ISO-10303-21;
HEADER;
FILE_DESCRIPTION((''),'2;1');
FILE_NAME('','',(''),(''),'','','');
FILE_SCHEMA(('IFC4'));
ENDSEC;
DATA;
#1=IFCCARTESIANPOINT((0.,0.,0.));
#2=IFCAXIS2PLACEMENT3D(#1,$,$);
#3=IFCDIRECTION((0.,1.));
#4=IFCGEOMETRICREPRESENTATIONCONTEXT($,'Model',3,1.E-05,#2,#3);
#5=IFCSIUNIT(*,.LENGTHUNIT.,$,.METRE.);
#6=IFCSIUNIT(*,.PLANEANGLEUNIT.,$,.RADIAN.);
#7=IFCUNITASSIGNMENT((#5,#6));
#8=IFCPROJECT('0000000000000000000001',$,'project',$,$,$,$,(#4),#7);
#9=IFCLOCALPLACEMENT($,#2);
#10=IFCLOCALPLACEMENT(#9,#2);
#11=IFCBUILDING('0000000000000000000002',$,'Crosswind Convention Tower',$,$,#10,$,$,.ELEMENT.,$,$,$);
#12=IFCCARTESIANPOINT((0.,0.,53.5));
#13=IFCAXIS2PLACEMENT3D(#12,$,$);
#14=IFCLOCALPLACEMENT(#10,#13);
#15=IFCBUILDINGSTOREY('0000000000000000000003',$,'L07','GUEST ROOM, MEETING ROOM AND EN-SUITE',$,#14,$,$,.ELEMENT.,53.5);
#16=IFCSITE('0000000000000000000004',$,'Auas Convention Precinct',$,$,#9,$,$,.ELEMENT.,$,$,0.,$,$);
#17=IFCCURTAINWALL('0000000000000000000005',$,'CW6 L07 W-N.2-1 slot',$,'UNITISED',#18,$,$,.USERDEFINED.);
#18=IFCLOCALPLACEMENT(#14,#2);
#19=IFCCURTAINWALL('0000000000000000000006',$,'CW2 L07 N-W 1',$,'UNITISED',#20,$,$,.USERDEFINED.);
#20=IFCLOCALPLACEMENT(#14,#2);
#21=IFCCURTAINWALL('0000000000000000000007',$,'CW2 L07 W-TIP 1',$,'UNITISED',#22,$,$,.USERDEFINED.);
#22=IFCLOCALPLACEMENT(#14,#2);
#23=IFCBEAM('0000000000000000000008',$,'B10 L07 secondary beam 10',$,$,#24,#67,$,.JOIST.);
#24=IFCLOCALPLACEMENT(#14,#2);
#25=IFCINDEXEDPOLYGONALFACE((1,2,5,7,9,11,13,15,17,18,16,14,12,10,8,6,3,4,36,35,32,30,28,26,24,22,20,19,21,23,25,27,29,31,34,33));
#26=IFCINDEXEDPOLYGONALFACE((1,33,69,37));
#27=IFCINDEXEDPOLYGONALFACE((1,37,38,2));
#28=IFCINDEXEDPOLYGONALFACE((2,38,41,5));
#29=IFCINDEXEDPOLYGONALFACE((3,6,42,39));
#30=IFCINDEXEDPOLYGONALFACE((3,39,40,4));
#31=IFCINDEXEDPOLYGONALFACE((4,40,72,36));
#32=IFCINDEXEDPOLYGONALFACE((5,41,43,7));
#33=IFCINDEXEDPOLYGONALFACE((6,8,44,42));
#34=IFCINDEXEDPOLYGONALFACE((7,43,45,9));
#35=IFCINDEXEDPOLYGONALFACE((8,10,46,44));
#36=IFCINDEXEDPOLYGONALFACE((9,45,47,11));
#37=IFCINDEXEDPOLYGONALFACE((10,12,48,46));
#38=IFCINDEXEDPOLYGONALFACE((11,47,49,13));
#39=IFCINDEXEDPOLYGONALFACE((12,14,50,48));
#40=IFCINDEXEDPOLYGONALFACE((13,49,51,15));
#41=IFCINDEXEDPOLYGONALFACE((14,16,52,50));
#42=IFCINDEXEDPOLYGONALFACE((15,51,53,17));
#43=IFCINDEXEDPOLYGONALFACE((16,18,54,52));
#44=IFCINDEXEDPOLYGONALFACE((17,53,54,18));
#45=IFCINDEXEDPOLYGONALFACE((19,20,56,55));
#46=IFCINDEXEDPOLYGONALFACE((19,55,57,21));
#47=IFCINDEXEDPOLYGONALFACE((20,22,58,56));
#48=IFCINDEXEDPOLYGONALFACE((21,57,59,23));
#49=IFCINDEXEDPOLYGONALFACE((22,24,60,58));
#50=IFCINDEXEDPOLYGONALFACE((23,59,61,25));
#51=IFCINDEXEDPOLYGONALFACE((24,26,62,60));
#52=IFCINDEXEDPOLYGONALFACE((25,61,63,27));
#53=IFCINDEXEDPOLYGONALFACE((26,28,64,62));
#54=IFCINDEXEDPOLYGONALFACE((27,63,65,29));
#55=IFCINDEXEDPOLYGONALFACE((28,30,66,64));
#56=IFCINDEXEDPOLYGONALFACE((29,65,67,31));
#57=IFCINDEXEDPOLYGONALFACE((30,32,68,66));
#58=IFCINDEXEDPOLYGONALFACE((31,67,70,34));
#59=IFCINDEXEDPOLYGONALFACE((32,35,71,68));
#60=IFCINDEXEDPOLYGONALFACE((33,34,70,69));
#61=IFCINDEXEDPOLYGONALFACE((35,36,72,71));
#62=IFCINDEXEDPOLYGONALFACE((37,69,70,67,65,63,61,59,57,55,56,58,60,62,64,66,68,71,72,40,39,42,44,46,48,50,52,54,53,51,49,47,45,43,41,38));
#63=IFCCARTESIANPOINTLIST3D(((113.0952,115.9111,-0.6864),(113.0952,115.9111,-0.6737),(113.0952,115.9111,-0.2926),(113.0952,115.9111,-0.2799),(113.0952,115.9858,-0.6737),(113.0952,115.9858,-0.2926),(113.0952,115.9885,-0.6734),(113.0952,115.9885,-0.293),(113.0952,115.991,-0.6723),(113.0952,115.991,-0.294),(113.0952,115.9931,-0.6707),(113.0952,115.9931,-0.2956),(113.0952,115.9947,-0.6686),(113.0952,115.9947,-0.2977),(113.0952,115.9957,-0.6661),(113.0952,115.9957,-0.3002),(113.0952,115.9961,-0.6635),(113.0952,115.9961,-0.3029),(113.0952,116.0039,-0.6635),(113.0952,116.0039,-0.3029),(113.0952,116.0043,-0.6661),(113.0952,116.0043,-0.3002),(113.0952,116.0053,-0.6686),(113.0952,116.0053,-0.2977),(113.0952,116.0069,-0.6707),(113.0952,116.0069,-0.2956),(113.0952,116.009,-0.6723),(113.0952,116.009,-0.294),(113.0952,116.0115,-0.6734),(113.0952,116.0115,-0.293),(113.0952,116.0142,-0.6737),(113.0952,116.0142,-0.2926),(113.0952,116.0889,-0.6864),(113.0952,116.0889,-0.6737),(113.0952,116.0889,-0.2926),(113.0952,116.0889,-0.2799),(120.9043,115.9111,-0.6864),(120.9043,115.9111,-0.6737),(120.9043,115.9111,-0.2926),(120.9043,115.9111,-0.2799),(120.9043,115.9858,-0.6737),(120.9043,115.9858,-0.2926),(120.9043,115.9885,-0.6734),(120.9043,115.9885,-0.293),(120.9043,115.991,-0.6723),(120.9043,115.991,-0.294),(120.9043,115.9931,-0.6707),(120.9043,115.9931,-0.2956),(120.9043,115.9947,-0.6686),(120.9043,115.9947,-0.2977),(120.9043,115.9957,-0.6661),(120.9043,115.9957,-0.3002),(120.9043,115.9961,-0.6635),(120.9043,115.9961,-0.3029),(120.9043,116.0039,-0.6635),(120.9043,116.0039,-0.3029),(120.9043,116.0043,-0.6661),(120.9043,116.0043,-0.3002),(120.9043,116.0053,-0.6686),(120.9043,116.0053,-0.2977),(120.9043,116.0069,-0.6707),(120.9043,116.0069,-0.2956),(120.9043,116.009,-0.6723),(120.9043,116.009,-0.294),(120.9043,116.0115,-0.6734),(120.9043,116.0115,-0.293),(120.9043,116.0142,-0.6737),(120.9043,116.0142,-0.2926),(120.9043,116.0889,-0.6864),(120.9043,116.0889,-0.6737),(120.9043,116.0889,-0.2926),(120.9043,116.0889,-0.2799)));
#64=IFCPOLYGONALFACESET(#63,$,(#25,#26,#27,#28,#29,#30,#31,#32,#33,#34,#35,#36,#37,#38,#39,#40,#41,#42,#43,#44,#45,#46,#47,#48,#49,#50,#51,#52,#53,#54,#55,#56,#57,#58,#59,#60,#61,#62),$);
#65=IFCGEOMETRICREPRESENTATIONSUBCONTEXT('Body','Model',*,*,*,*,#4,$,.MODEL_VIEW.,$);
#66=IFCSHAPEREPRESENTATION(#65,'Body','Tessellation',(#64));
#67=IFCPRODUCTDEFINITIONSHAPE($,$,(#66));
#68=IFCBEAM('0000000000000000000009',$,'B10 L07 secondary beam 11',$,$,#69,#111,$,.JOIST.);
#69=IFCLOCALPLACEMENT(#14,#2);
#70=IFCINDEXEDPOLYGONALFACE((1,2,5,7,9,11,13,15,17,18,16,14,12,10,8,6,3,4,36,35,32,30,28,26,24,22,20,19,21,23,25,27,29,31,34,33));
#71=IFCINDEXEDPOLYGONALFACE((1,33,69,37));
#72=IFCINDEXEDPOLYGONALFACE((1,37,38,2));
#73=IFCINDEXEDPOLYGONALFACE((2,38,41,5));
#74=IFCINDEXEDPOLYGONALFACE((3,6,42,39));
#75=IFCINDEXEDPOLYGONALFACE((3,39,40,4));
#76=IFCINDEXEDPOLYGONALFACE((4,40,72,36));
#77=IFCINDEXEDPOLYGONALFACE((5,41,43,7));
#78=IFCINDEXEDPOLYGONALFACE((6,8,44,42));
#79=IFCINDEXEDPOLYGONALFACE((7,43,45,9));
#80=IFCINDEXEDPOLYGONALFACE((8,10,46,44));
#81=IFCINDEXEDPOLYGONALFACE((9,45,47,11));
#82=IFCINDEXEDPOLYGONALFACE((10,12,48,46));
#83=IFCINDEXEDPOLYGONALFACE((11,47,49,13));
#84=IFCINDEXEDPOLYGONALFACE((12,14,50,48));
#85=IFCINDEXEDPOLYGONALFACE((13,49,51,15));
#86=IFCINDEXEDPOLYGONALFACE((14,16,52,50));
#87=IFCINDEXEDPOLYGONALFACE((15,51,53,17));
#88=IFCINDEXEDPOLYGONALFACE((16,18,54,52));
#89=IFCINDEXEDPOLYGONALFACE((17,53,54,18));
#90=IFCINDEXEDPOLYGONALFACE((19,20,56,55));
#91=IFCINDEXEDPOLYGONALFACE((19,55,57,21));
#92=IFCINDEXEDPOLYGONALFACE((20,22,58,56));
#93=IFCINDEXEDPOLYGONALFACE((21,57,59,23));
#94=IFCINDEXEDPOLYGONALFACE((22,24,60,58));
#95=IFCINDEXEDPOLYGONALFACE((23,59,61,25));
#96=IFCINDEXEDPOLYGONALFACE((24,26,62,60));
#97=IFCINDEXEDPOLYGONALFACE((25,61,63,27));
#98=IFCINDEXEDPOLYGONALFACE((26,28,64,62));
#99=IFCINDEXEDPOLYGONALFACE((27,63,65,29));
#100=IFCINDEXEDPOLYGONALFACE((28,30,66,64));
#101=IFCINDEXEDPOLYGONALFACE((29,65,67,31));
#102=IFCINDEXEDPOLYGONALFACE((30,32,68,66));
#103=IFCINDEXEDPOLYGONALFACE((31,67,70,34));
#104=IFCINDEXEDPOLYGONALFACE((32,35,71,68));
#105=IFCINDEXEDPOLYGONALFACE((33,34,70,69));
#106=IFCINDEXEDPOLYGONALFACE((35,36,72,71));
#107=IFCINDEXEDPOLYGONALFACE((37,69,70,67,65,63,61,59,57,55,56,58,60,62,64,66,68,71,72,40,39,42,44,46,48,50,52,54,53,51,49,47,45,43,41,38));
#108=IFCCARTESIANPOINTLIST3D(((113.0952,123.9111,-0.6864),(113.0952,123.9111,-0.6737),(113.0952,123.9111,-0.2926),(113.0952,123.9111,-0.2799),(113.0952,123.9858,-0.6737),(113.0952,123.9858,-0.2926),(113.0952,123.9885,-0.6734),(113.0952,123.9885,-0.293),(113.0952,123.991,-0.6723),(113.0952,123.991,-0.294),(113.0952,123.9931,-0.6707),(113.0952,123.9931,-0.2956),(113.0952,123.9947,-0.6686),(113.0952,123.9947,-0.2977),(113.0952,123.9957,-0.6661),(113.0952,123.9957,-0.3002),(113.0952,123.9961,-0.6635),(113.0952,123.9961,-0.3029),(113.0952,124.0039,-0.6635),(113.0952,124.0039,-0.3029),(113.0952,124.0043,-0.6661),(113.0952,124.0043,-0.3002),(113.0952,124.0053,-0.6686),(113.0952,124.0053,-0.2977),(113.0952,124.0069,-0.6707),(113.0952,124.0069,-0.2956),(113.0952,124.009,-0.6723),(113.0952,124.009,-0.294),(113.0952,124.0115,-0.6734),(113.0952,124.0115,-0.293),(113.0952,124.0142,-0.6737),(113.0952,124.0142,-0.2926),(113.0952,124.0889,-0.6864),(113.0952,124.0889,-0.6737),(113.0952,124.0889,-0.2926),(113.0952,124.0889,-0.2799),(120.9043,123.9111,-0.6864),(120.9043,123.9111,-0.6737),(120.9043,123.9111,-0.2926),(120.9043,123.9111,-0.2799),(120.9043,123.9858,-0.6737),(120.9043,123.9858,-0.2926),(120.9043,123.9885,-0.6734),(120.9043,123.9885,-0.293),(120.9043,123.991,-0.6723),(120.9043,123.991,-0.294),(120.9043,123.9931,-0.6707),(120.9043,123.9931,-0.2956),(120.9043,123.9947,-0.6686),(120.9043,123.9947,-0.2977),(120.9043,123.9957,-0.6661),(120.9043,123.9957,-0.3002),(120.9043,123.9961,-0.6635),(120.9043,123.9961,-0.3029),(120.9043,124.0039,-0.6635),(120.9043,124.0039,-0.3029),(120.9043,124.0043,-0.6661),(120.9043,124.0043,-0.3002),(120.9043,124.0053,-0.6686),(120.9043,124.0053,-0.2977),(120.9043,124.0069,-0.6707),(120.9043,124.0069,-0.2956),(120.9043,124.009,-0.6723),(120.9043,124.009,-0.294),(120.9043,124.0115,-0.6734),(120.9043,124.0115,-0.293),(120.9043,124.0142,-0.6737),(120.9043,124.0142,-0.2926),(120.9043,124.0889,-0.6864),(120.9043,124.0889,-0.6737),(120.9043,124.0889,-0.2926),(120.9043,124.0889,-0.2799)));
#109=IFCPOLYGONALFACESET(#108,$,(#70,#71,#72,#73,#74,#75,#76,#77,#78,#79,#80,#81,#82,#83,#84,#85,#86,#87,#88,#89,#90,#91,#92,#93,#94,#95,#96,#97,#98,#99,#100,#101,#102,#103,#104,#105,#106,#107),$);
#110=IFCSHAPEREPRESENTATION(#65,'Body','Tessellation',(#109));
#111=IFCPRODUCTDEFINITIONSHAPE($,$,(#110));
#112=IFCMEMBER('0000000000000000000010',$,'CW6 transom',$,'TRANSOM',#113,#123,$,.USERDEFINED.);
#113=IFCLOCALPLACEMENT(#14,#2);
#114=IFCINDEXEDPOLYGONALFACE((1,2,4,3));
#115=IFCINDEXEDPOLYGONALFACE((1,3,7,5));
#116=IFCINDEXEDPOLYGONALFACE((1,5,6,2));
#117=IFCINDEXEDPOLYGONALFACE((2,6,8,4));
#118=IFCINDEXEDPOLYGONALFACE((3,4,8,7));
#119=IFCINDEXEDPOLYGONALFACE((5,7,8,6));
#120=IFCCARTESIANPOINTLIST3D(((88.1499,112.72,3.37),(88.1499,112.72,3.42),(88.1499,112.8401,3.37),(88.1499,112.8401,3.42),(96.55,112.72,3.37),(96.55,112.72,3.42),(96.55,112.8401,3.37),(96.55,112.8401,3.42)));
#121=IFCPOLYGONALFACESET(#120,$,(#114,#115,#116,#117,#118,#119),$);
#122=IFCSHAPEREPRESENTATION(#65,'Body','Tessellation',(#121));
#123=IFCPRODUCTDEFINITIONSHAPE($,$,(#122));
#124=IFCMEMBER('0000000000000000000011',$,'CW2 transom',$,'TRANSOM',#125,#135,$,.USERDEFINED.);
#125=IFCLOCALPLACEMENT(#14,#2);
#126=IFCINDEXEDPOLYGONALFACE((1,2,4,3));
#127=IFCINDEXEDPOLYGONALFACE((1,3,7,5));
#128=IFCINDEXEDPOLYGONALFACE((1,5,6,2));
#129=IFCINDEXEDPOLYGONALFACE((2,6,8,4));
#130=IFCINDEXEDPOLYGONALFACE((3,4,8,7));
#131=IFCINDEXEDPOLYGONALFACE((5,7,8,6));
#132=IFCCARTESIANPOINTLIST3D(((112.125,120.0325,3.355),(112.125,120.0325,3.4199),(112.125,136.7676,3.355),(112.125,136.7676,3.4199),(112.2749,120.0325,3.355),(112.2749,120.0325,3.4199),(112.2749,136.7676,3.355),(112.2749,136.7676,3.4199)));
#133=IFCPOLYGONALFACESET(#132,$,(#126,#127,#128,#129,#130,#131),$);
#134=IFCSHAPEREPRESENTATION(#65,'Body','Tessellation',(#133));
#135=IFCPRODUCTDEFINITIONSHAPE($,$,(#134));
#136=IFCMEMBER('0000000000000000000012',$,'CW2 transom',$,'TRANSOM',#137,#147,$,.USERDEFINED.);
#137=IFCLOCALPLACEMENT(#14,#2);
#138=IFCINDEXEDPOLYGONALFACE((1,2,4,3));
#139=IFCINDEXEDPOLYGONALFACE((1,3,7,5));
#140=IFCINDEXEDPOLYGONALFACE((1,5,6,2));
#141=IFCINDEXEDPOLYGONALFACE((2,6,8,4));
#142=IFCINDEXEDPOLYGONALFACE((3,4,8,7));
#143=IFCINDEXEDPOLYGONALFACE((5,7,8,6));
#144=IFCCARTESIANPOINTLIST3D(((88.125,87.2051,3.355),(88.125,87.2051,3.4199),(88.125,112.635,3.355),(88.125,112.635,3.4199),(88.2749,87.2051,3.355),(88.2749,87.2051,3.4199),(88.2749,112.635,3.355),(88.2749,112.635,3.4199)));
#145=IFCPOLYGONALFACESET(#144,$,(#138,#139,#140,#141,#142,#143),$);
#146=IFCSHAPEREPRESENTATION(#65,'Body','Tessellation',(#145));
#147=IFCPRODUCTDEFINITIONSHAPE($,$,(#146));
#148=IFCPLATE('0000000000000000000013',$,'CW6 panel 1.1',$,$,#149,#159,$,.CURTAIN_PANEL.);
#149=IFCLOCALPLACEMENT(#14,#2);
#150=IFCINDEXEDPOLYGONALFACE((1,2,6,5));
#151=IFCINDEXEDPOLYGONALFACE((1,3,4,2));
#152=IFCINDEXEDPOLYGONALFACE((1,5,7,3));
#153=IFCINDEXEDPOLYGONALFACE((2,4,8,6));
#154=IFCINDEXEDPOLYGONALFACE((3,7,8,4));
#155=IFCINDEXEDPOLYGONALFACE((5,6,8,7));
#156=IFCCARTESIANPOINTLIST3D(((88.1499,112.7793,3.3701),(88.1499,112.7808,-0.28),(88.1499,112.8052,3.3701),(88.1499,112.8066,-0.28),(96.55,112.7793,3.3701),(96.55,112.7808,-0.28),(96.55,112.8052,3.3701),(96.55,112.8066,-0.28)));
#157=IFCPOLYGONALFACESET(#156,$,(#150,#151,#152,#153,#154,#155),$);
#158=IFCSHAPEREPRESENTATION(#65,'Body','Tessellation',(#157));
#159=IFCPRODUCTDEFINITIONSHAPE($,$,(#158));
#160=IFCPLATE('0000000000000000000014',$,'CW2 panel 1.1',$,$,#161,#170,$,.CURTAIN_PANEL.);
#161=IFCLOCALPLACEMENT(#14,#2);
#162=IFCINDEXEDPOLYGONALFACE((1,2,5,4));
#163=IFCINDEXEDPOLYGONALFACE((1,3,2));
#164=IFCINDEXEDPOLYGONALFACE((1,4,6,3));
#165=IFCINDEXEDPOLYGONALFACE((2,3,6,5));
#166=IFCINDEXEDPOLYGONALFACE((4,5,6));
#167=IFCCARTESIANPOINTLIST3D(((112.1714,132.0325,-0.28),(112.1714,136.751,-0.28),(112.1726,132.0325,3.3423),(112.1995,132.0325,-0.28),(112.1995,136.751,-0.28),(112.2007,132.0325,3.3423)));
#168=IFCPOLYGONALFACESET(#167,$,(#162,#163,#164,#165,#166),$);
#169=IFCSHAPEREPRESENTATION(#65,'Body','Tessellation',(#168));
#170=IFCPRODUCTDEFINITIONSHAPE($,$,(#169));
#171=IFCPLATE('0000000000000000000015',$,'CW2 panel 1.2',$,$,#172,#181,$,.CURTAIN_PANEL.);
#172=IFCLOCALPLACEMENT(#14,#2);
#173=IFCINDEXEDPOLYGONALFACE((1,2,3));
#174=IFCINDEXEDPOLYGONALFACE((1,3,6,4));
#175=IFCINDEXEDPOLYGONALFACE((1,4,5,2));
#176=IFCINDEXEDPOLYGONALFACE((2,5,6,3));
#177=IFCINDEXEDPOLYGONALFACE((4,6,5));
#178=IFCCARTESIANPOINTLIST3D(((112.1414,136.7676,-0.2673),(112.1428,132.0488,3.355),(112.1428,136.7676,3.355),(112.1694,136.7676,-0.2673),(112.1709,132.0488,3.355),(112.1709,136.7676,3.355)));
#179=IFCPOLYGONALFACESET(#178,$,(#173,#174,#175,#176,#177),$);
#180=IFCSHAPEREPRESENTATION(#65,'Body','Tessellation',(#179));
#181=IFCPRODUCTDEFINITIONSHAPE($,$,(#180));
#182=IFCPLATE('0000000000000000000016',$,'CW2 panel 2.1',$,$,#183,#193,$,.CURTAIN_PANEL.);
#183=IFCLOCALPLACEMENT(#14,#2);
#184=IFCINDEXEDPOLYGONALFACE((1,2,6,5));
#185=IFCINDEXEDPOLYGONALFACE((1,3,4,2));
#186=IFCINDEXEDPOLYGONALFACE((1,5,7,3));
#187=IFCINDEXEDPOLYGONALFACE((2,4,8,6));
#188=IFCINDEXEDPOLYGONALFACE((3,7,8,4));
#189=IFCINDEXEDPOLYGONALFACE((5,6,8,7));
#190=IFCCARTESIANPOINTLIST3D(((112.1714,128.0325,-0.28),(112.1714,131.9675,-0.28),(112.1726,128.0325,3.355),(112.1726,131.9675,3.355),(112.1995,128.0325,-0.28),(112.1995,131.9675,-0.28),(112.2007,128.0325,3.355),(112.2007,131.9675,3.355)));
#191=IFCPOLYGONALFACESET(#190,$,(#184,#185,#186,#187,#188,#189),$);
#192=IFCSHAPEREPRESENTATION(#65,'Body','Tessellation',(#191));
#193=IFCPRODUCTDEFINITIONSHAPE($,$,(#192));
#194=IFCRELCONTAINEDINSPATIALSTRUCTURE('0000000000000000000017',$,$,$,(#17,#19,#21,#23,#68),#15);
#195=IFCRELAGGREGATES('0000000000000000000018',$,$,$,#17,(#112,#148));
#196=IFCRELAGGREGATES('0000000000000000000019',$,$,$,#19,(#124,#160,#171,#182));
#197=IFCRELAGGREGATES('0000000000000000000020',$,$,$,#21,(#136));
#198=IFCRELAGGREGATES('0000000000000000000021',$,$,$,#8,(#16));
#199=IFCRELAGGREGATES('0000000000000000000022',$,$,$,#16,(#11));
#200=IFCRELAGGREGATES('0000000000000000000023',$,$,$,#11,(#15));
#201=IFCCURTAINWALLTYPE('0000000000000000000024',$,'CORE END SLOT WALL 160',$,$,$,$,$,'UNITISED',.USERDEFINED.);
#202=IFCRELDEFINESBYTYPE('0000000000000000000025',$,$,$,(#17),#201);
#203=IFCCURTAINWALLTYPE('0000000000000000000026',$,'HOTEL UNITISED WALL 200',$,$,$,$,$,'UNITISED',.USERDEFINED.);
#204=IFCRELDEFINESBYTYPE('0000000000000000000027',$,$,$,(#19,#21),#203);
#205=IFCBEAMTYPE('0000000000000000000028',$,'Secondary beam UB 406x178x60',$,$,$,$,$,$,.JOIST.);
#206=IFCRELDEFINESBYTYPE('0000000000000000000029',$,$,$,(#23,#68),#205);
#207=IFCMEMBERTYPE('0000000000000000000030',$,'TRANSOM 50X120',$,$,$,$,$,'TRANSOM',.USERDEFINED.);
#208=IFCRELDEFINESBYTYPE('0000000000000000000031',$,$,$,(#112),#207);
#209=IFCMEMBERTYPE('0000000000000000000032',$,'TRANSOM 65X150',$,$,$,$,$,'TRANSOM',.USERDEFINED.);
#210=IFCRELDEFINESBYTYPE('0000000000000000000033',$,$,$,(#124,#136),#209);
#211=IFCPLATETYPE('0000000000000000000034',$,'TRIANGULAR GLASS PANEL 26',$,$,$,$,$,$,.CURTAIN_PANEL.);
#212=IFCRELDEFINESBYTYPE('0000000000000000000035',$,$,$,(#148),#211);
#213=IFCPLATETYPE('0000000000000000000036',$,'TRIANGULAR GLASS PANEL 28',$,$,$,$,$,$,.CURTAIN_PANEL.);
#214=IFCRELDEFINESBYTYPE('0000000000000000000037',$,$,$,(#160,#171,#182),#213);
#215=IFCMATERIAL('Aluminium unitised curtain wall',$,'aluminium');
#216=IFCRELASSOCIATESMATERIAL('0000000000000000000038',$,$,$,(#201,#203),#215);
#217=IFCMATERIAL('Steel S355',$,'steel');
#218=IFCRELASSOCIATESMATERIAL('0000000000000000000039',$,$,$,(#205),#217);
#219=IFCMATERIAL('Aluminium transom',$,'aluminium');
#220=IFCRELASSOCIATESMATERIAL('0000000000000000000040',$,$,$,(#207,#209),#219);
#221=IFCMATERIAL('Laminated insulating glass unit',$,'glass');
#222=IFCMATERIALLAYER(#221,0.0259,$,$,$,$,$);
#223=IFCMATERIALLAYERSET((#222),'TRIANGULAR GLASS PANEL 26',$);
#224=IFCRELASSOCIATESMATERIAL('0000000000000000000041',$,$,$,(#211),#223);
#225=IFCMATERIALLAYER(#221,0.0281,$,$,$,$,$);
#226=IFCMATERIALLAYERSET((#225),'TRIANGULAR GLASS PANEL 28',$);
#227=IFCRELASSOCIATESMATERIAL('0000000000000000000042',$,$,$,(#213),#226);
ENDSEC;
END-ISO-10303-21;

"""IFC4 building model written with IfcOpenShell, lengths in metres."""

from ifc_helpers import new_model, si_unit, direction, frame, origin, origin_2d, place, context, subcontext, project, spatial, polyline, rectangle, i_section, outline, extrude, material, layer, layer_set, material_profile, profile_set, type_object, element, aggregate, save


model = new_model("IFC4")

# Units and contexts
model_context = context("Model", 3, precision=1e-05, world=origin(), true_north=direction((0.0, 1.0)))
body_context = subcontext(model_context, "Body", "Model", "MODEL_VIEW")
ifc_project = project(units=[si_unit("LENGTHUNIT", "METRE"), si_unit("PLANEANGLEUNIT", "RADIAN")], contexts=[model_context])

# Site, building, storey
site_placement = place(None, origin())
site = spatial("IfcSite", under=ifc_project, at=site_placement, Name="Auas Convention Precinct", CompositionType="ELEMENT", RefElevation=0.0)
building_placement = place(site_placement, origin())
building = spatial("IfcBuilding", under=site, at=building_placement, Name="Crosswind Convention Tower", CompositionType="ELEMENT")
storey_placement = place(building_placement, frame((0.0, 0.0, 53.5)))
storey = spatial("IfcBuildingStorey", under=building, at=storey_placement, Name="L07", Description="GUEST ROOM, MEETING ROOM AND EN-SUITE", CompositionType="ELEMENT", Elevation=53.5)

# Shared definitions
ifc_material_1 = material(Name="Steel S355", Category="steel")

# Curtain wall
ifc_material_2 = material(Name="Aluminium unitised curtain wall", Category="aluminium")
curtain_wall_type_1 = type_object("IfcCurtainWallType", Name="CORE END SLOT WALL 160", ElementType="UNITISED", PredefinedType="USERDEFINED", material=ifc_material_2)
curtain_wall_1_placement = place(storey_placement, origin())
curtain_wall_1 = element("IfcCurtainWall", 1, at=curtain_wall_1_placement, inside=storey, type_object=curtain_wall_type_1, Name="CW6 L07 W-N.2-1 slot", ObjectType="UNITISED", PredefinedType="USERDEFINED")

# Shared definitions
curtain_wall_type_2 = type_object("IfcCurtainWallType", Name="HOTEL UNITISED WALL 200", ElementType="UNITISED", PredefinedType="USERDEFINED", material=ifc_material_2)

# Curtain wall
curtain_wall_2_placement = place(storey_placement, origin())
curtain_wall_2 = element("IfcCurtainWall", 2, at=curtain_wall_2_placement, inside=storey, type_object=curtain_wall_type_2, Name="CW2 L07 N-W 1", ObjectType="UNITISED", PredefinedType="USERDEFINED")

# Curtain wall
curtain_wall_3_placement = place(storey_placement, origin())
curtain_wall_3 = element("IfcCurtainWall", 3, at=curtain_wall_3_placement, inside=storey, type_object=curtain_wall_type_2, Name="CW2 L07 W-TIP 1", ObjectType="UNITISED", PredefinedType="USERDEFINED")

# Beams
ifc_material_profile_1 = material_profile(ifc_material_1, i_section(OverallWidth=0.1777, OverallDepth=0.4065, WebThickness=0.0078, FlangeThickness=0.0127, FilletRadius=0.0103, at=origin_2d()), Name="UB 406x178x60")
ifc_profile_set_1 = profile_set([ifc_material_profile_1], Name="Steel S355")
beam_type_1 = type_object("IfcBeamType", Name="Secondary beam UB 406x178x60", PredefinedType="JOIST", material=ifc_profile_set_1)
for number, where, z_axis, x_axis, name in (
    (4, (113.0952, 116.0, -0.4832), (1.0, 0.0, 0.0), (0.0, 1.0, 0.0), "B10 L07 secondary beam 10"),
    (5, (113.0952, 124.0, -0.4832), (1.0, 0.0, 0.0), (0.0, 1.0, 0.0), "B10 L07 secondary beam 11"),
):
    element("IfcBeam", number, at=place(storey_placement, frame(where, z_axis=z_axis, x_axis=x_axis)), inside=storey, type_object=beam_type_1, Name=name, PredefinedType="JOIST", context=body_context, shape_type="SweptSolid", body=[
        extrude(i_section(OverallWidth=0.1777, OverallDepth=0.4065, WebThickness=0.0078, FlangeThickness=0.0127, FilletRadius=0.0103, at=origin_2d()), origin(), (0.0, 0.0, 1.0), 7.8091),
    ])

# Members
ifc_material_3 = material(Name="Aluminium transom", Category="aluminium")
ifc_material_profile_2 = material_profile(ifc_material_3, rectangle(XDim=0.1201, YDim=0.05, at=origin_2d()), Name="AL 120X50")
ifc_profile_set_2 = profile_set([ifc_material_profile_2], Name="Aluminium transom")
member_type_1 = type_object("IfcMemberType", Name="TRANSOM 50X120", ElementType="TRANSOM", PredefinedType="USERDEFINED", material=ifc_profile_set_2)
member_1_placement = place(storey_placement, frame((96.55, 112.78, 3.395), z_axis=(-1.0, 0.0, 0.0), x_axis=(0.0, -1.0, 0.0)))
member_1 = element("IfcMember", 6, at=member_1_placement, type_object=member_type_1, Name="CW6 transom", ObjectType="TRANSOM", PredefinedType="USERDEFINED", context=body_context, shape_type="SweptSolid", body=[
    extrude(rectangle(XDim=0.1201, YDim=0.05, at=origin_2d()), origin(), (0.0, 0.0, 1.0), 8.4001),
])
ifc_material_profile_3 = material_profile(ifc_material_3, rectangle(XDim=0.1499, YDim=0.0649, at=origin_2d()), Name="AL 150X65")
ifc_profile_set_3 = profile_set([ifc_material_profile_3], Name="Aluminium transom")
member_type_2 = type_object("IfcMemberType", Name="TRANSOM 65X150", ElementType="TRANSOM", PredefinedType="USERDEFINED", material=ifc_profile_set_3)
member_2_placement = place(storey_placement, frame((112.2, 136.7676, 3.3875), z_axis=(0.0, -1.0, 0.0), x_axis=(1.0, 0.0, 0.0)))
member_2 = element("IfcMember", 7, at=member_2_placement, type_object=member_type_2, Name="CW2 transom", ObjectType="TRANSOM", PredefinedType="USERDEFINED", context=body_context, shape_type="SweptSolid", body=[
    extrude(rectangle(XDim=0.1499, YDim=0.0649, at=origin_2d()), origin(), (0.0, 0.0, 1.0), 16.7351),
])
member_3_placement = place(storey_placement, frame((88.2, 112.635, 3.3875), z_axis=(0.0, -1.0, 0.0), x_axis=(1.0, 0.0, 0.0)))
member_3 = element("IfcMember", 8, at=member_3_placement, type_object=member_type_2, Name="CW2 transom", ObjectType="TRANSOM", PredefinedType="USERDEFINED", context=body_context, shape_type="SweptSolid", body=[
    extrude(rectangle(XDim=0.1499, YDim=0.0649, at=origin_2d()), origin(), (0.0, 0.0, 1.0), 25.4299),
])

# Plates
ifc_material_4 = material(Name="Laminated insulating glass unit", Category="glass")
ifc_layer_1 = layer(ifc_material_4, 0.0259)
ifc_layer_set_1 = layer_set([ifc_layer_1], Name="TRIANGULAR GLASS PANEL 26")
plate_type_1 = type_object("IfcPlateType", Name="TRIANGULAR GLASS PANEL 26", PredefinedType="CURTAIN_PANEL", material=ifc_layer_set_1)
plate_1_placement = place(storey_placement, frame((96.55, 112.8066, -0.28), z_axis=(0.0, 1.0, 0.000401), x_axis=(-1.0, 0.0, 0.0)))
plate_1 = element("IfcPlate", 9, at=plate_1_placement, type_object=plate_type_1, Name="CW6 panel 1.1", PredefinedType="CURTAIN_PANEL", context=body_context, shape_type="SweptSolid", body=[
    extrude(outline(polyline([(0.0, 0.0), (8.4001, 0.0), (8.4001, 3.6501), (0.0, 3.6501), (0.0, 0.0)])), origin(), (0.0, 0.0, -1.0), 0.0259),
])
aggregate(curtain_wall_1, [member_1, plate_1])
ifc_layer_2 = layer(ifc_material_4, 0.0281)
ifc_layer_set_2 = layer_set([ifc_layer_2], Name="TRIANGULAR GLASS PANEL 28")
plate_type_2 = type_object("IfcPlateType", Name="TRIANGULAR GLASS PANEL 28", PredefinedType="CURTAIN_PANEL", material=ifc_layer_set_2)
plate_2_placement = place(storey_placement, frame((112.1714, 132.0325, -0.28), z_axis=(-1.0, 0.0, 0.000337), x_axis=(0.000337, 0.0, 1.0)))
plate_2 = element("IfcPlate", 10, at=plate_2_placement, type_object=plate_type_2, Name="CW2 panel 1.1", PredefinedType="CURTAIN_PANEL", context=body_context, shape_type="SweptSolid", body=[
    extrude(outline(polyline([(0.0, 0.0), (3.6223, 0.0), (0.0, 4.7185), (0.0, 0.0)])), origin(), (0.0, 0.0, -1.0), 0.0281),
])
plate_3_placement = place(storey_placement, frame((112.1428, 136.7676, 3.355), z_axis=(-1.0, 0.0, 0.000404), x_axis=(-0.000404, 0.0, -1.0)))
plate_3 = element("IfcPlate", 11, at=plate_3_placement, type_object=plate_type_2, Name="CW2 panel 1.2", PredefinedType="CURTAIN_PANEL", context=body_context, shape_type="SweptSolid", body=[
    extrude(outline(polyline([(0.0, 0.0), (3.6223, 0.0), (0.0, 4.7188), (0.0, 0.0)])), origin(), (0.0, 0.0, -1.0), 0.0281),
])
plate_4_placement = place(storey_placement, frame((112.1714, 131.9675, -0.28), z_axis=(-1.0, 0.0, 0.000336), x_axis=(0.0, -1.0, 0.0)))
plate_4 = element("IfcPlate", 12, at=plate_4_placement, type_object=plate_type_2, Name="CW2 panel 2.1", PredefinedType="CURTAIN_PANEL", context=body_context, shape_type="SweptSolid", body=[
    extrude(outline(polyline([(0.0, 0.0), (3.9351, 0.0), (3.9351, 3.635), (0.0, 3.635), (0.0, 0.0)])), origin(), (0.0, 0.0, -1.0), 0.0281),
])

aggregate(curtain_wall_2, [member_2, plate_2, plate_3, plate_4])
aggregate(curtain_wall_3, [member_3])

save(model, "model.ifc")
